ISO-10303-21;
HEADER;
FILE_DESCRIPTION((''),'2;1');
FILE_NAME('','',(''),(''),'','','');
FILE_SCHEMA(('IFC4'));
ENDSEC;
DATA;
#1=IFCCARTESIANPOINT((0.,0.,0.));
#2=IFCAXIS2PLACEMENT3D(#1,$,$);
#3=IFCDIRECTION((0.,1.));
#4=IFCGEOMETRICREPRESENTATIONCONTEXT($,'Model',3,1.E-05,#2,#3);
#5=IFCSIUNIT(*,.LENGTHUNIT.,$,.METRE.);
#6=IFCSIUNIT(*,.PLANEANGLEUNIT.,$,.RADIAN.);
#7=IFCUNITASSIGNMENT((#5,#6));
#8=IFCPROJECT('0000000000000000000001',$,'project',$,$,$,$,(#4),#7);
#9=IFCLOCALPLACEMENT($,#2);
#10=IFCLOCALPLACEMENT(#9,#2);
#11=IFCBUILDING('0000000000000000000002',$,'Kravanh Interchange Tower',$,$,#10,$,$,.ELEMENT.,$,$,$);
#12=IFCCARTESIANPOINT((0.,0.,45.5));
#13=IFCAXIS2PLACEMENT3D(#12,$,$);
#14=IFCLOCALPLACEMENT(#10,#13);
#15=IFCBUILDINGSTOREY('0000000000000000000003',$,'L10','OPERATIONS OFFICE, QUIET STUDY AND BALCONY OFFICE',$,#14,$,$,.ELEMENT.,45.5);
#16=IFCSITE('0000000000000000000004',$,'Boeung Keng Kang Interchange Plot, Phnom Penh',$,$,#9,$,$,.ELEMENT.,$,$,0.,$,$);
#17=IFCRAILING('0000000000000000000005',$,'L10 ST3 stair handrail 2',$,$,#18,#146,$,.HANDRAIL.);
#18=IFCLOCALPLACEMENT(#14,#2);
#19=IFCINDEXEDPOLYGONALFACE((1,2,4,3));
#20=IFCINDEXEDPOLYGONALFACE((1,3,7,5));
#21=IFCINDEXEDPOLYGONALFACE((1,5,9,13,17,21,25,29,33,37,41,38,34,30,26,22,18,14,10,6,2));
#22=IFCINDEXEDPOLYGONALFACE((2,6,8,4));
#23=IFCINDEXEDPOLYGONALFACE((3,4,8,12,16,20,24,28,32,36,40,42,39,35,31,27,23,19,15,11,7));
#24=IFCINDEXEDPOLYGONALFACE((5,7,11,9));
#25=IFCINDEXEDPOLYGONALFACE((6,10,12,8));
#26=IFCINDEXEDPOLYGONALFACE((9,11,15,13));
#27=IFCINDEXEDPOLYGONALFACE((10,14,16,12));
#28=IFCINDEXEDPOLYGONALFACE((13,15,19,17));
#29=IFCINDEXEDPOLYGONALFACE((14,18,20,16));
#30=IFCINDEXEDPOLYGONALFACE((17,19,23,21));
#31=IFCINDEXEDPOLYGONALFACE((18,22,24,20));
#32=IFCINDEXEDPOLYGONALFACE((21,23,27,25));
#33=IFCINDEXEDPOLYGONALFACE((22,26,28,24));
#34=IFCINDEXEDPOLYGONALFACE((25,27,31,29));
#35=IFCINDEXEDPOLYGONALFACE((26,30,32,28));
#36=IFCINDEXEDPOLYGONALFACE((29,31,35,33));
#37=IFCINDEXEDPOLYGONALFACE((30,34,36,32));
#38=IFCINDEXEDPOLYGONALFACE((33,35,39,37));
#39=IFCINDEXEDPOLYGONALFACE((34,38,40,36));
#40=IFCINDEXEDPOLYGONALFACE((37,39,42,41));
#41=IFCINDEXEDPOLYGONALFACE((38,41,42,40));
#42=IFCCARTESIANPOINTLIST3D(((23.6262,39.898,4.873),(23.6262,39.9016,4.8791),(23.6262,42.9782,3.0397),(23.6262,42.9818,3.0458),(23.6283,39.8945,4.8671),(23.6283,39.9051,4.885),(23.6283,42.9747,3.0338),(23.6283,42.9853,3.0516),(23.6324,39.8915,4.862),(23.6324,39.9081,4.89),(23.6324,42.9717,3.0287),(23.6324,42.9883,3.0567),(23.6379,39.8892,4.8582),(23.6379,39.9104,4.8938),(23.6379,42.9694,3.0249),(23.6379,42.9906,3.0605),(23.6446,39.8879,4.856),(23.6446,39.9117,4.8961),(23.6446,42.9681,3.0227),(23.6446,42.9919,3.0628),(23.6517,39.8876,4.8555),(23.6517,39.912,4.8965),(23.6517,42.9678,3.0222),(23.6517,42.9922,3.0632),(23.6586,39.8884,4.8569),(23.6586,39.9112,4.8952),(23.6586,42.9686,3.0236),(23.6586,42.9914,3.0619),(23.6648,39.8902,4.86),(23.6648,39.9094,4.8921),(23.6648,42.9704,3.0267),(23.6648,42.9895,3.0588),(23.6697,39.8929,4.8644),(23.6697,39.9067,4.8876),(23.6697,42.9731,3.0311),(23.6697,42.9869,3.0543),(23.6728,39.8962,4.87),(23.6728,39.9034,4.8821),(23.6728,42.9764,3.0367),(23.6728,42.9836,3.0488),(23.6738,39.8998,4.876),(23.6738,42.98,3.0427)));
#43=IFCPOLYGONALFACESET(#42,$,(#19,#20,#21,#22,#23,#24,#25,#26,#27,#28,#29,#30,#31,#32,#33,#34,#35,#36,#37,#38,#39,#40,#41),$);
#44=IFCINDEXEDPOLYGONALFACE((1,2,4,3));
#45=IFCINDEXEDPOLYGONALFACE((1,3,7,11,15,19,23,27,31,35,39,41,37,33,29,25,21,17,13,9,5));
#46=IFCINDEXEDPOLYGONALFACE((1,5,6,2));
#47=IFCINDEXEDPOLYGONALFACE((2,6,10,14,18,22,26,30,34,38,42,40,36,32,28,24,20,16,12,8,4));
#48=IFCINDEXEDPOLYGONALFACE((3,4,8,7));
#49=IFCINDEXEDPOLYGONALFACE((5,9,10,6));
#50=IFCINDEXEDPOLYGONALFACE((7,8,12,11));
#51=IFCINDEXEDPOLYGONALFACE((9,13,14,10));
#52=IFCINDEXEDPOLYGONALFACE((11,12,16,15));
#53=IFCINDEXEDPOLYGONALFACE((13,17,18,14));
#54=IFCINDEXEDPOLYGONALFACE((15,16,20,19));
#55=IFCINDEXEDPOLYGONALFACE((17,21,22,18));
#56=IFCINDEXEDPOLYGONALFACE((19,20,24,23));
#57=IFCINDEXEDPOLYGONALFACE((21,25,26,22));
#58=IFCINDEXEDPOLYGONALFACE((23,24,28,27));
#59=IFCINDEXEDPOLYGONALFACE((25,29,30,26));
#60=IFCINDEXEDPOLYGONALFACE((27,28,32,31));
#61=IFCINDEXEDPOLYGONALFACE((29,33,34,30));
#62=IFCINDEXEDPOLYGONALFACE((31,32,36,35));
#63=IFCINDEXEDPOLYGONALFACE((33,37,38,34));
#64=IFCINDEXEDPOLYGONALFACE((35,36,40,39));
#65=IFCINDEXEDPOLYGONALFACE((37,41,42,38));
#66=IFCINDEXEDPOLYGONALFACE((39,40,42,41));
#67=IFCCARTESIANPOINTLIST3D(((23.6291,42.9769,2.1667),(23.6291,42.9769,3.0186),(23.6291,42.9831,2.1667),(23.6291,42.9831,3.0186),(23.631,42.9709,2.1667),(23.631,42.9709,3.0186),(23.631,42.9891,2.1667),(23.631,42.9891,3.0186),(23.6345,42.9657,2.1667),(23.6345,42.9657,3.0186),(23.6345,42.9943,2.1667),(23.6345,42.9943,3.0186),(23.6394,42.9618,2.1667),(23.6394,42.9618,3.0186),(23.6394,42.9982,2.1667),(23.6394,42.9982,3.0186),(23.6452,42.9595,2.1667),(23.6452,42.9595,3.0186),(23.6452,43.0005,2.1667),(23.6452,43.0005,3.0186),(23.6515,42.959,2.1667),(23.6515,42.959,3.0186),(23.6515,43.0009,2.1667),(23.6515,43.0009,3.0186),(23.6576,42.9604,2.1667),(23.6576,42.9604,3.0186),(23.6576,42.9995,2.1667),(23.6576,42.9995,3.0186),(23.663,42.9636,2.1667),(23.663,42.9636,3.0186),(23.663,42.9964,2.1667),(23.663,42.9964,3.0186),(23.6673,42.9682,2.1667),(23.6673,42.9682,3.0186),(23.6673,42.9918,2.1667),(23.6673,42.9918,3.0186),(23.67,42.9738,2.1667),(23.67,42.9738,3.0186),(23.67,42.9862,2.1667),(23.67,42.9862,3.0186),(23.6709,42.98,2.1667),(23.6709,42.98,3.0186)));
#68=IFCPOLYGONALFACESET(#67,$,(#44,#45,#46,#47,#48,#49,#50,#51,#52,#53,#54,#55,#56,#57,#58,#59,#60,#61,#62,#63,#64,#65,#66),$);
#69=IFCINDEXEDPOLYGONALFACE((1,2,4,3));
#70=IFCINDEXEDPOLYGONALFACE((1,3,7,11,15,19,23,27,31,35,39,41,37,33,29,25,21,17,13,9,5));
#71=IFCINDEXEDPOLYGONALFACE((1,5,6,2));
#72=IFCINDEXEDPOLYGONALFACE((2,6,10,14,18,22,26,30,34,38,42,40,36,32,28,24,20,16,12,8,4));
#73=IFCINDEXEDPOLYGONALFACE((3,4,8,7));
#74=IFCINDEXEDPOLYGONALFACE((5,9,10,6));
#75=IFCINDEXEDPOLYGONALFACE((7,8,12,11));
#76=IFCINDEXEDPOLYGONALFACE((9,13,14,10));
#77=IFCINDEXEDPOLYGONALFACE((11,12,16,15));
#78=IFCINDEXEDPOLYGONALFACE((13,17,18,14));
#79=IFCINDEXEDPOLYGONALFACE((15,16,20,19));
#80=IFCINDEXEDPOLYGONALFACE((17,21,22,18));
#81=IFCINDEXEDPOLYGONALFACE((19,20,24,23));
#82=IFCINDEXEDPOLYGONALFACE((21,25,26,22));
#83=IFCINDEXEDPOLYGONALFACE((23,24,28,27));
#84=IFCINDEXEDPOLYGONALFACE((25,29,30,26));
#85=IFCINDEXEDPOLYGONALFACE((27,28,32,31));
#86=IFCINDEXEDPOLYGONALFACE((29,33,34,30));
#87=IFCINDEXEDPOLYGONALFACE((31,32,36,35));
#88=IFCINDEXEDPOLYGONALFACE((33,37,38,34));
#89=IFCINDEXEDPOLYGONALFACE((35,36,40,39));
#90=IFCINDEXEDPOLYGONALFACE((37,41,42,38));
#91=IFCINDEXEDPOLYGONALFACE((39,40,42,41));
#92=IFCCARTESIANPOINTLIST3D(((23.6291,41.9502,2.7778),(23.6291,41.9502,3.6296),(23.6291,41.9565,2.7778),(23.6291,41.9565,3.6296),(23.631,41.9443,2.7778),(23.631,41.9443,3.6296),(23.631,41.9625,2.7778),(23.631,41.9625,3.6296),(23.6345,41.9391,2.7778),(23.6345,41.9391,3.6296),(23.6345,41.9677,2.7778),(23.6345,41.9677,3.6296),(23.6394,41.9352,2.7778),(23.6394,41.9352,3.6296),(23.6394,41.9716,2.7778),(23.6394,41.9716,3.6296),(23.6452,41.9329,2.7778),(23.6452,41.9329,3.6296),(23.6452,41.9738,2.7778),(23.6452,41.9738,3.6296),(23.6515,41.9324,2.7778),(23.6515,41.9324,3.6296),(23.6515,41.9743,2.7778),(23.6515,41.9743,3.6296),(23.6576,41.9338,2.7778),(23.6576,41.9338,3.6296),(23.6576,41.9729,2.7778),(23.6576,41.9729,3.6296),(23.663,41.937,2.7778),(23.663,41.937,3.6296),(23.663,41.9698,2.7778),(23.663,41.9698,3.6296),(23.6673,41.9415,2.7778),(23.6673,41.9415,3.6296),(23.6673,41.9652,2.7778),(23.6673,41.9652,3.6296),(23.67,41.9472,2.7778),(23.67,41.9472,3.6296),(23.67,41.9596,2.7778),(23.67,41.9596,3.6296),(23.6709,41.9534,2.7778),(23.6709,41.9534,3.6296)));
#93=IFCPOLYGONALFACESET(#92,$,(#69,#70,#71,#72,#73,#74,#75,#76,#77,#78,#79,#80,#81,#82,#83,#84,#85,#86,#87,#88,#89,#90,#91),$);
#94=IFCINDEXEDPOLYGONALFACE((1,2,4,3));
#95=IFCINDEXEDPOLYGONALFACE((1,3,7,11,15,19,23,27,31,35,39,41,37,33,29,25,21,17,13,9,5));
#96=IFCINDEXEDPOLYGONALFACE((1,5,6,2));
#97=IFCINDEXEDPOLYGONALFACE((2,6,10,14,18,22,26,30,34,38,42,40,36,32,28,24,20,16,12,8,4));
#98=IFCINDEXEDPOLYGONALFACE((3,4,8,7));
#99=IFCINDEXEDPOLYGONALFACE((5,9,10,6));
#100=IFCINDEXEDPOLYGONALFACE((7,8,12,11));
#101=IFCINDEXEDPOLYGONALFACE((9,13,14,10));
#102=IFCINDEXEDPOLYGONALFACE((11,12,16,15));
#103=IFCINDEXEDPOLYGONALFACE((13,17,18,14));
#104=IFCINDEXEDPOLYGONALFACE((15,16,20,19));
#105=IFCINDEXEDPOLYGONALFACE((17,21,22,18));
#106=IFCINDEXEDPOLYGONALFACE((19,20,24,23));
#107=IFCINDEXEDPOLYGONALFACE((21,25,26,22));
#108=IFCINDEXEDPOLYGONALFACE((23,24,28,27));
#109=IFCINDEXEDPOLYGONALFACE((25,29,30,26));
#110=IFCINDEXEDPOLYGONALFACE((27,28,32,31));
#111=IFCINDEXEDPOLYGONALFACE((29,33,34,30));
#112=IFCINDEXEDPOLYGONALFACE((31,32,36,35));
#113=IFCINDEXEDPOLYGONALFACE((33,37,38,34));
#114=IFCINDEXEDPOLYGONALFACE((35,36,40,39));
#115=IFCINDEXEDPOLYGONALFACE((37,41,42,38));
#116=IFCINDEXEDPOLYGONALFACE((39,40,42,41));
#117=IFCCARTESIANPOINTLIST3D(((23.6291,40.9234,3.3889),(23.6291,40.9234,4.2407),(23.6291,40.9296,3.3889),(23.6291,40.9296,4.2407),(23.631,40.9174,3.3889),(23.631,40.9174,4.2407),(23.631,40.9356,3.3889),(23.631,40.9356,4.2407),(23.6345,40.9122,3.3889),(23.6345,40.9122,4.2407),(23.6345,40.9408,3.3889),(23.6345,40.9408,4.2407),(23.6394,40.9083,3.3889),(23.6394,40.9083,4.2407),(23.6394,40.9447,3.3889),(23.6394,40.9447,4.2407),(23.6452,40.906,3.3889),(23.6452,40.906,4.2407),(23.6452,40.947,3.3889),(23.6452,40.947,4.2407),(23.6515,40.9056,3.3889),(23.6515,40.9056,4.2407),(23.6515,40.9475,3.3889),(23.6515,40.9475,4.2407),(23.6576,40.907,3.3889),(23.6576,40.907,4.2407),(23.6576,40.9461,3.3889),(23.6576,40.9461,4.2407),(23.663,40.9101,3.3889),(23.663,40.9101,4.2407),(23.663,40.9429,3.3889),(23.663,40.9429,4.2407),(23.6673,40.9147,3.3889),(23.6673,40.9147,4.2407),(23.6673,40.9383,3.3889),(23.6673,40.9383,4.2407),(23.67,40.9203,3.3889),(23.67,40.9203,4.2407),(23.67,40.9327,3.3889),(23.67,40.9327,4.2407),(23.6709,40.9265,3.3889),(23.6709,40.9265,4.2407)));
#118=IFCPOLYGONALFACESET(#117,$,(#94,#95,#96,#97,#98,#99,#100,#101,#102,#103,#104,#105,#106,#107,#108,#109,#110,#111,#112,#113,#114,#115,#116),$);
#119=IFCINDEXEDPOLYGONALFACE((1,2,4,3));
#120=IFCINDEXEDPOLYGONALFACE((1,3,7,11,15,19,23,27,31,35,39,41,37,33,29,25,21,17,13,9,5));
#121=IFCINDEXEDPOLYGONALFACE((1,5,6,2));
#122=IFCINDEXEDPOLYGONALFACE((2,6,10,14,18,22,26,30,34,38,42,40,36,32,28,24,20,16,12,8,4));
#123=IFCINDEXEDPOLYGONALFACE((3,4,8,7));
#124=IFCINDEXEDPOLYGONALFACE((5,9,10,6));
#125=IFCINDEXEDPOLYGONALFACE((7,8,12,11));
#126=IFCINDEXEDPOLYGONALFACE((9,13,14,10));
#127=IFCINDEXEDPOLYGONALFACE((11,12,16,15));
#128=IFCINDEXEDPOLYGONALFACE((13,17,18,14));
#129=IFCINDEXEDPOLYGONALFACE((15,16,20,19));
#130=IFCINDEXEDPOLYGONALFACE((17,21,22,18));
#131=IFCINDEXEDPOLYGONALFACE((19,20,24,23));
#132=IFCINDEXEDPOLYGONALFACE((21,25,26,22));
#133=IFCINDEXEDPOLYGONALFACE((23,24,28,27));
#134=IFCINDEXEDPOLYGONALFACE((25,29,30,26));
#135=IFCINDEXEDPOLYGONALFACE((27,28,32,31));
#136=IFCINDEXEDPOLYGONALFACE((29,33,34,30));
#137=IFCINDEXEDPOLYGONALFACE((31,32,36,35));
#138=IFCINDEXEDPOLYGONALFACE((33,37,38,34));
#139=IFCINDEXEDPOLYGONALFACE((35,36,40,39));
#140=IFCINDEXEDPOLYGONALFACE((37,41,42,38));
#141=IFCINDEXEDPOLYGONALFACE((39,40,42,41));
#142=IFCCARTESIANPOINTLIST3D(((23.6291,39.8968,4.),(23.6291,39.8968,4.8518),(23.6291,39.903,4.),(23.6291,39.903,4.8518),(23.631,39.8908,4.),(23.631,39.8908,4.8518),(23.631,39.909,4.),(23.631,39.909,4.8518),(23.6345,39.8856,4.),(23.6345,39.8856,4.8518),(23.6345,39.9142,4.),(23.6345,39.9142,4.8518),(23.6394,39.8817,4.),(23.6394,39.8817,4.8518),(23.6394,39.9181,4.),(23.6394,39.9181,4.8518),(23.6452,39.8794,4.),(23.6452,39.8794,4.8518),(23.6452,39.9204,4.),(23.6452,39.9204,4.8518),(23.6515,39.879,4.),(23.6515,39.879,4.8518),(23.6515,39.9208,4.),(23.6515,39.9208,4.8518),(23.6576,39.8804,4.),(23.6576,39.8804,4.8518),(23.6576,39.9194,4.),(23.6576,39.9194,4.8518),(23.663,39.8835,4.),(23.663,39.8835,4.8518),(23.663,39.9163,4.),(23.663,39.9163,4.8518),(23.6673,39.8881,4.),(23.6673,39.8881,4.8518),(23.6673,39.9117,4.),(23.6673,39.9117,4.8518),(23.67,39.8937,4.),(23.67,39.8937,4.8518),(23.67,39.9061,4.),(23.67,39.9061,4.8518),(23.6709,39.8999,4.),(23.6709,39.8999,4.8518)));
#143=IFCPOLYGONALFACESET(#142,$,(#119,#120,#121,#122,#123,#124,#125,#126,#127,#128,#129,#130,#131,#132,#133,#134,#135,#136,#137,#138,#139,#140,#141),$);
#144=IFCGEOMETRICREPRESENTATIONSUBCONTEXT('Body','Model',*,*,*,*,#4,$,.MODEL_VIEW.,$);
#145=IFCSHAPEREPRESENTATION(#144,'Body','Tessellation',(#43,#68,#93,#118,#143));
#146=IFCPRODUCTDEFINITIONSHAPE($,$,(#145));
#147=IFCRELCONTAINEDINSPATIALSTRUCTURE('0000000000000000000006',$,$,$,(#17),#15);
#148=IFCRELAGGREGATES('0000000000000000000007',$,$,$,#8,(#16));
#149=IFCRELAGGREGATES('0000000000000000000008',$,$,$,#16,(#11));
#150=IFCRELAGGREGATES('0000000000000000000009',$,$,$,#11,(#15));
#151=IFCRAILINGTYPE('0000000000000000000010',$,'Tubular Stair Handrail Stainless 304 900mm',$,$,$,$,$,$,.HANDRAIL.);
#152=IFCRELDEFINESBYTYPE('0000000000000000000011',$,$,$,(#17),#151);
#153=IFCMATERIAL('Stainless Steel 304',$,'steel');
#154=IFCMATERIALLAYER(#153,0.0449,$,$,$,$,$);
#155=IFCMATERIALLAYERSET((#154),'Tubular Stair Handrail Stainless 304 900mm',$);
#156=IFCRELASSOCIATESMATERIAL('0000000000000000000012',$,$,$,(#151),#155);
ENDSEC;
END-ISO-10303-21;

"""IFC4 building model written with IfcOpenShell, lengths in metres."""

from ifc_helpers import new_model, si_unit, direction, frame, origin, origin_2d, place, context, subcontext, project, spatial, circle, extrude, material, layer, layer_set, type_object, element, save


model = new_model("IFC4")

# Units and contexts
model_context = context("Model", 3, precision=1e-05, world=origin(), true_north=direction((0.0, 1.0)))
body_context = subcontext(model_context, "Body", "Model", "MODEL_VIEW")
ifc_project = project(units=[si_unit("LENGTHUNIT", "METRE"), si_unit("PLANEANGLEUNIT", "RADIAN")], contexts=[model_context])

# Site, building, storey
site_placement = place(None, origin())
site = spatial("IfcSite", under=ifc_project, at=site_placement, Name="Boeung Keng Kang Interchange Plot, Phnom Penh", CompositionType="ELEMENT", RefElevation=0.0)
building_placement = place(site_placement, origin())
building = spatial("IfcBuilding", under=site, at=building_placement, Name="Kravanh Interchange Tower", CompositionType="ELEMENT")
storey_placement = place(building_placement, frame((0.0, 0.0, 45.5)))
storey = spatial("IfcBuildingStorey", under=building, at=storey_placement, Name="L10", Description="OPERATIONS OFFICE, QUIET STUDY AND BALCONY OFFICE", CompositionType="ELEMENT", Elevation=45.5)

# Railing
ifc_material_1 = material(Name="Stainless Steel 304", Category="steel")
ifc_layer_1 = layer(ifc_material_1, 0.0449)
ifc_layer_set_1 = layer_set([ifc_layer_1], Name="Tubular Stair Handrail Stainless 304 900mm")
railing_type_1 = type_object("IfcRailingType", Name="Tubular Stair Handrail Stainless 304 900mm", PredefinedType="HANDRAIL", material=ifc_layer_set_1)
railing_1_placement = place(storey_placement, frame((23.6499, 42.98, 2.1667)))
element("IfcRailing", 1, at=railing_1_placement, inside=storey, type_object=railing_type_1, Name="L10 ST3 stair handrail 2", PredefinedType="HANDRAIL", context=body_context, shape_type="SweptSolid", body=[
    extrude(circle(Radius=0.0239, at=origin_2d()), frame((0.0, 0.0, 0.876), z_axis=(0.0, -0.859309, 0.511458), x_axis=(1.0, 0.0, 0.0)), (0.0, 0.0, 1.0), 3.5845),
    extrude(circle(Radius=0.021, at=origin_2d()), origin(), (0.0, 0.0, 1.0), 0.8518),
    extrude(circle(Radius=0.021, at=origin_2d()), frame((0.0, -1.0266, 0.6111)), (0.0, 0.0, 1.0), 0.8518),
    extrude(circle(Radius=0.021, at=origin_2d()), frame((0.0, -2.0535, 1.2222)), (0.0, 0.0, 1.0), 0.8518),
    extrude(circle(Radius=0.021, at=origin_2d()), frame((0.0, -3.0801, 1.8333)), (0.0, 0.0, 1.0), 0.8518),
])

save(model, "model.ifc")
